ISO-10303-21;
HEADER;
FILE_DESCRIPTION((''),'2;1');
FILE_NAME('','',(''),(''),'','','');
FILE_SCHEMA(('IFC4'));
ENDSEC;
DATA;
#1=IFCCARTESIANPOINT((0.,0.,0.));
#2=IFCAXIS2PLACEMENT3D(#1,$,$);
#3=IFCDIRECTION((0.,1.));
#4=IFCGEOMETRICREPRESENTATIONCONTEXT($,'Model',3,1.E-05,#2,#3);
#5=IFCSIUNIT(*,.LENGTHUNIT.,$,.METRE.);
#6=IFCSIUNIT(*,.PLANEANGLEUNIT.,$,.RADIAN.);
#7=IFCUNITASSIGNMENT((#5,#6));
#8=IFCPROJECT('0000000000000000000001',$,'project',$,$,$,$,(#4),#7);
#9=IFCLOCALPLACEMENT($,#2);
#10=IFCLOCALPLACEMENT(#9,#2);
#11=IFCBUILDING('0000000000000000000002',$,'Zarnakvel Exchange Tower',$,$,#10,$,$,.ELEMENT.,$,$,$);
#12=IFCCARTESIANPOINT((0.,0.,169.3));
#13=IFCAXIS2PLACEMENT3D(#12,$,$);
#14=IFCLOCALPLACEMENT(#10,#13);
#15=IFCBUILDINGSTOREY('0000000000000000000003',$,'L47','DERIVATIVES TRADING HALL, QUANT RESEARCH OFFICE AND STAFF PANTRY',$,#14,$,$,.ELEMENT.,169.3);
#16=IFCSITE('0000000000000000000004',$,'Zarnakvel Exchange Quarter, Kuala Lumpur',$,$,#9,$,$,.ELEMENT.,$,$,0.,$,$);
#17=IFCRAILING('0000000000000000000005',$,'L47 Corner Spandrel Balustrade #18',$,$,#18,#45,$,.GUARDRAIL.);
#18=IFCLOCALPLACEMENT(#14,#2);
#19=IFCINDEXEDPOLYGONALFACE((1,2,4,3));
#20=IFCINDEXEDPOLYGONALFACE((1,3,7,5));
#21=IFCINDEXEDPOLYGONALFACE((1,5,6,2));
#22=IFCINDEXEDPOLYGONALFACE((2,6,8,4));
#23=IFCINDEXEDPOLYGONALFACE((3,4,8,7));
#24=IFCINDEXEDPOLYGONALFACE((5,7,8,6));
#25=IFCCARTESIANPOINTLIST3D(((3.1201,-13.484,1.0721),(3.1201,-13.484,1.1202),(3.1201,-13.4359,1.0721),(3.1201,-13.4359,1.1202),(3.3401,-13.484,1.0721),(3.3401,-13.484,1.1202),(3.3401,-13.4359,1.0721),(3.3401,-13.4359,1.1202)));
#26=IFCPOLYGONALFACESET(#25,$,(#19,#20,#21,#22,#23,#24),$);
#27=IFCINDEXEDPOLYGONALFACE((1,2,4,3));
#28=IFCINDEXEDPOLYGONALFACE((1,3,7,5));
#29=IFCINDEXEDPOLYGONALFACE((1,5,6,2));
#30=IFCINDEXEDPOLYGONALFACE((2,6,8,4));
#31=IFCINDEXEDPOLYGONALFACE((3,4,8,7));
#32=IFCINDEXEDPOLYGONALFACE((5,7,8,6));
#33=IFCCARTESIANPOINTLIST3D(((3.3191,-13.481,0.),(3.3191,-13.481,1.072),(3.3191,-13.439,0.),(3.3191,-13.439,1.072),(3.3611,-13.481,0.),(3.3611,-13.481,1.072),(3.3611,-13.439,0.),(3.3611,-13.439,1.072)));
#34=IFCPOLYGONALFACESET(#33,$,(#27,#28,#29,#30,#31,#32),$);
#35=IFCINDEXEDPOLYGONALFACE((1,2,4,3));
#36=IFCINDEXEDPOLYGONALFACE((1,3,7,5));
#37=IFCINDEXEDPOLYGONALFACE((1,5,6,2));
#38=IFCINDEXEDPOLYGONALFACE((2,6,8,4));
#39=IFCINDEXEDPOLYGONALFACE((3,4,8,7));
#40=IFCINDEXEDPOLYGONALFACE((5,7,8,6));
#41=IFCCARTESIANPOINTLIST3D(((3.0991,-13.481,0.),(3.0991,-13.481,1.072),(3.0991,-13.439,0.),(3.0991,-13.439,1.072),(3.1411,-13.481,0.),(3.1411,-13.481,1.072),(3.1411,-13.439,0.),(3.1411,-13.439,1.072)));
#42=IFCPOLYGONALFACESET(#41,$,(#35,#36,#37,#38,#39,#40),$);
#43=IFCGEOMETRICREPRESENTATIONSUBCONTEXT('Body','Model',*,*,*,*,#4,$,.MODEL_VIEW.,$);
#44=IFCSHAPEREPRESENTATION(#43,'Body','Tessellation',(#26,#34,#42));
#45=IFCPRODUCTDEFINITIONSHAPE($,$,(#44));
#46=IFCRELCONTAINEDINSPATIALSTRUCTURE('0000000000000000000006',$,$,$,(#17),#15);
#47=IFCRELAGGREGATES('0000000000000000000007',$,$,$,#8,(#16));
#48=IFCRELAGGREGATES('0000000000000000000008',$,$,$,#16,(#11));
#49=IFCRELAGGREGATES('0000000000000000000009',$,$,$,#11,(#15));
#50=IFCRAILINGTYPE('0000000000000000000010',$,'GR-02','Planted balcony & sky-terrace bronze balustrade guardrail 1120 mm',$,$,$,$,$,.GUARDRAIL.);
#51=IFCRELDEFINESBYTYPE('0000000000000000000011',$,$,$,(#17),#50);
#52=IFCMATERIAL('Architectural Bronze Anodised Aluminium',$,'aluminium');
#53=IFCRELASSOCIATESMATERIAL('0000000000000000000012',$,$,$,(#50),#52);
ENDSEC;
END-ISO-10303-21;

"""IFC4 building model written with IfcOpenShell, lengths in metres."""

from ifc_helpers import new_model, si_unit, direction, frame, origin, origin_2d, place, context, subcontext, project, spatial, rectangle, extrude, material, type_object, element, save


model = new_model("IFC4")

# Units and contexts
model_context = context("Model", 3, precision=1e-05, world=origin(), true_north=direction((0.0, 1.0)))
body_context = subcontext(model_context, "Body", "Model", "MODEL_VIEW")
ifc_project = project(units=[si_unit("LENGTHUNIT", "METRE"), si_unit("PLANEANGLEUNIT", "RADIAN")], contexts=[model_context])

# Site, building, storey
site_placement = place(None, origin())
site = spatial("IfcSite", under=ifc_project, at=site_placement, Name="Zarnakvel Exchange Quarter, Kuala Lumpur", CompositionType="ELEMENT", RefElevation=0.0)
building_placement = place(site_placement, origin())
building = spatial("IfcBuilding", under=site, at=building_placement, Name="Zarnakvel Exchange Tower", CompositionType="ELEMENT")
storey_placement = place(building_placement, frame((0.0, 0.0, 169.3)))
storey = spatial("IfcBuildingStorey", under=building, at=storey_placement, Name="L47", Description="DERIVATIVES TRADING HALL, QUANT RESEARCH OFFICE AND STAFF PANTRY", CompositionType="ELEMENT", Elevation=169.3)

# Shared definitions
ifc_material_1 = material(Name="Architectural Bronze Anodised Aluminium", Category="aluminium")

# Railing
railing_type = type_object("IfcRailingType", Name="GR-02", Description="Planted balcony & sky-terrace bronze balustrade guardrail 1120 mm", PredefinedType="GUARDRAIL", material=ifc_material_1)
railing_1_placement = place(storey_placement, frame((3.3401, -13.46, 0.0)))
element("IfcRailing", 1, at=railing_1_placement, inside=storey, type_object=railing_type, Name="L47 Corner Spandrel Balustrade #18", PredefinedType="GUARDRAIL", context=body_context, shape_type="SweptSolid", body=[
    extrude(rectangle(XDim=0.0481, YDim=0.0481, at=origin_2d()), frame((0.0, 0.0, 1.0962), z_axis=(-1.0, 0.0, 0.0), x_axis=(0.0, -1.0, 0.0)), (0.0, 0.0, 1.0), 0.22),
    extrude(rectangle(XDim=0.042, YDim=0.042, at=origin_2d()), origin(), (0.0, 0.0, 1.0), 1.072),
    extrude(rectangle(XDim=0.042, YDim=0.042, at=origin_2d()), frame((-0.22, 0.0, 0.0)), (0.0, 0.0, 1.0), 1.072),
])

save(model, "model.ifc")
